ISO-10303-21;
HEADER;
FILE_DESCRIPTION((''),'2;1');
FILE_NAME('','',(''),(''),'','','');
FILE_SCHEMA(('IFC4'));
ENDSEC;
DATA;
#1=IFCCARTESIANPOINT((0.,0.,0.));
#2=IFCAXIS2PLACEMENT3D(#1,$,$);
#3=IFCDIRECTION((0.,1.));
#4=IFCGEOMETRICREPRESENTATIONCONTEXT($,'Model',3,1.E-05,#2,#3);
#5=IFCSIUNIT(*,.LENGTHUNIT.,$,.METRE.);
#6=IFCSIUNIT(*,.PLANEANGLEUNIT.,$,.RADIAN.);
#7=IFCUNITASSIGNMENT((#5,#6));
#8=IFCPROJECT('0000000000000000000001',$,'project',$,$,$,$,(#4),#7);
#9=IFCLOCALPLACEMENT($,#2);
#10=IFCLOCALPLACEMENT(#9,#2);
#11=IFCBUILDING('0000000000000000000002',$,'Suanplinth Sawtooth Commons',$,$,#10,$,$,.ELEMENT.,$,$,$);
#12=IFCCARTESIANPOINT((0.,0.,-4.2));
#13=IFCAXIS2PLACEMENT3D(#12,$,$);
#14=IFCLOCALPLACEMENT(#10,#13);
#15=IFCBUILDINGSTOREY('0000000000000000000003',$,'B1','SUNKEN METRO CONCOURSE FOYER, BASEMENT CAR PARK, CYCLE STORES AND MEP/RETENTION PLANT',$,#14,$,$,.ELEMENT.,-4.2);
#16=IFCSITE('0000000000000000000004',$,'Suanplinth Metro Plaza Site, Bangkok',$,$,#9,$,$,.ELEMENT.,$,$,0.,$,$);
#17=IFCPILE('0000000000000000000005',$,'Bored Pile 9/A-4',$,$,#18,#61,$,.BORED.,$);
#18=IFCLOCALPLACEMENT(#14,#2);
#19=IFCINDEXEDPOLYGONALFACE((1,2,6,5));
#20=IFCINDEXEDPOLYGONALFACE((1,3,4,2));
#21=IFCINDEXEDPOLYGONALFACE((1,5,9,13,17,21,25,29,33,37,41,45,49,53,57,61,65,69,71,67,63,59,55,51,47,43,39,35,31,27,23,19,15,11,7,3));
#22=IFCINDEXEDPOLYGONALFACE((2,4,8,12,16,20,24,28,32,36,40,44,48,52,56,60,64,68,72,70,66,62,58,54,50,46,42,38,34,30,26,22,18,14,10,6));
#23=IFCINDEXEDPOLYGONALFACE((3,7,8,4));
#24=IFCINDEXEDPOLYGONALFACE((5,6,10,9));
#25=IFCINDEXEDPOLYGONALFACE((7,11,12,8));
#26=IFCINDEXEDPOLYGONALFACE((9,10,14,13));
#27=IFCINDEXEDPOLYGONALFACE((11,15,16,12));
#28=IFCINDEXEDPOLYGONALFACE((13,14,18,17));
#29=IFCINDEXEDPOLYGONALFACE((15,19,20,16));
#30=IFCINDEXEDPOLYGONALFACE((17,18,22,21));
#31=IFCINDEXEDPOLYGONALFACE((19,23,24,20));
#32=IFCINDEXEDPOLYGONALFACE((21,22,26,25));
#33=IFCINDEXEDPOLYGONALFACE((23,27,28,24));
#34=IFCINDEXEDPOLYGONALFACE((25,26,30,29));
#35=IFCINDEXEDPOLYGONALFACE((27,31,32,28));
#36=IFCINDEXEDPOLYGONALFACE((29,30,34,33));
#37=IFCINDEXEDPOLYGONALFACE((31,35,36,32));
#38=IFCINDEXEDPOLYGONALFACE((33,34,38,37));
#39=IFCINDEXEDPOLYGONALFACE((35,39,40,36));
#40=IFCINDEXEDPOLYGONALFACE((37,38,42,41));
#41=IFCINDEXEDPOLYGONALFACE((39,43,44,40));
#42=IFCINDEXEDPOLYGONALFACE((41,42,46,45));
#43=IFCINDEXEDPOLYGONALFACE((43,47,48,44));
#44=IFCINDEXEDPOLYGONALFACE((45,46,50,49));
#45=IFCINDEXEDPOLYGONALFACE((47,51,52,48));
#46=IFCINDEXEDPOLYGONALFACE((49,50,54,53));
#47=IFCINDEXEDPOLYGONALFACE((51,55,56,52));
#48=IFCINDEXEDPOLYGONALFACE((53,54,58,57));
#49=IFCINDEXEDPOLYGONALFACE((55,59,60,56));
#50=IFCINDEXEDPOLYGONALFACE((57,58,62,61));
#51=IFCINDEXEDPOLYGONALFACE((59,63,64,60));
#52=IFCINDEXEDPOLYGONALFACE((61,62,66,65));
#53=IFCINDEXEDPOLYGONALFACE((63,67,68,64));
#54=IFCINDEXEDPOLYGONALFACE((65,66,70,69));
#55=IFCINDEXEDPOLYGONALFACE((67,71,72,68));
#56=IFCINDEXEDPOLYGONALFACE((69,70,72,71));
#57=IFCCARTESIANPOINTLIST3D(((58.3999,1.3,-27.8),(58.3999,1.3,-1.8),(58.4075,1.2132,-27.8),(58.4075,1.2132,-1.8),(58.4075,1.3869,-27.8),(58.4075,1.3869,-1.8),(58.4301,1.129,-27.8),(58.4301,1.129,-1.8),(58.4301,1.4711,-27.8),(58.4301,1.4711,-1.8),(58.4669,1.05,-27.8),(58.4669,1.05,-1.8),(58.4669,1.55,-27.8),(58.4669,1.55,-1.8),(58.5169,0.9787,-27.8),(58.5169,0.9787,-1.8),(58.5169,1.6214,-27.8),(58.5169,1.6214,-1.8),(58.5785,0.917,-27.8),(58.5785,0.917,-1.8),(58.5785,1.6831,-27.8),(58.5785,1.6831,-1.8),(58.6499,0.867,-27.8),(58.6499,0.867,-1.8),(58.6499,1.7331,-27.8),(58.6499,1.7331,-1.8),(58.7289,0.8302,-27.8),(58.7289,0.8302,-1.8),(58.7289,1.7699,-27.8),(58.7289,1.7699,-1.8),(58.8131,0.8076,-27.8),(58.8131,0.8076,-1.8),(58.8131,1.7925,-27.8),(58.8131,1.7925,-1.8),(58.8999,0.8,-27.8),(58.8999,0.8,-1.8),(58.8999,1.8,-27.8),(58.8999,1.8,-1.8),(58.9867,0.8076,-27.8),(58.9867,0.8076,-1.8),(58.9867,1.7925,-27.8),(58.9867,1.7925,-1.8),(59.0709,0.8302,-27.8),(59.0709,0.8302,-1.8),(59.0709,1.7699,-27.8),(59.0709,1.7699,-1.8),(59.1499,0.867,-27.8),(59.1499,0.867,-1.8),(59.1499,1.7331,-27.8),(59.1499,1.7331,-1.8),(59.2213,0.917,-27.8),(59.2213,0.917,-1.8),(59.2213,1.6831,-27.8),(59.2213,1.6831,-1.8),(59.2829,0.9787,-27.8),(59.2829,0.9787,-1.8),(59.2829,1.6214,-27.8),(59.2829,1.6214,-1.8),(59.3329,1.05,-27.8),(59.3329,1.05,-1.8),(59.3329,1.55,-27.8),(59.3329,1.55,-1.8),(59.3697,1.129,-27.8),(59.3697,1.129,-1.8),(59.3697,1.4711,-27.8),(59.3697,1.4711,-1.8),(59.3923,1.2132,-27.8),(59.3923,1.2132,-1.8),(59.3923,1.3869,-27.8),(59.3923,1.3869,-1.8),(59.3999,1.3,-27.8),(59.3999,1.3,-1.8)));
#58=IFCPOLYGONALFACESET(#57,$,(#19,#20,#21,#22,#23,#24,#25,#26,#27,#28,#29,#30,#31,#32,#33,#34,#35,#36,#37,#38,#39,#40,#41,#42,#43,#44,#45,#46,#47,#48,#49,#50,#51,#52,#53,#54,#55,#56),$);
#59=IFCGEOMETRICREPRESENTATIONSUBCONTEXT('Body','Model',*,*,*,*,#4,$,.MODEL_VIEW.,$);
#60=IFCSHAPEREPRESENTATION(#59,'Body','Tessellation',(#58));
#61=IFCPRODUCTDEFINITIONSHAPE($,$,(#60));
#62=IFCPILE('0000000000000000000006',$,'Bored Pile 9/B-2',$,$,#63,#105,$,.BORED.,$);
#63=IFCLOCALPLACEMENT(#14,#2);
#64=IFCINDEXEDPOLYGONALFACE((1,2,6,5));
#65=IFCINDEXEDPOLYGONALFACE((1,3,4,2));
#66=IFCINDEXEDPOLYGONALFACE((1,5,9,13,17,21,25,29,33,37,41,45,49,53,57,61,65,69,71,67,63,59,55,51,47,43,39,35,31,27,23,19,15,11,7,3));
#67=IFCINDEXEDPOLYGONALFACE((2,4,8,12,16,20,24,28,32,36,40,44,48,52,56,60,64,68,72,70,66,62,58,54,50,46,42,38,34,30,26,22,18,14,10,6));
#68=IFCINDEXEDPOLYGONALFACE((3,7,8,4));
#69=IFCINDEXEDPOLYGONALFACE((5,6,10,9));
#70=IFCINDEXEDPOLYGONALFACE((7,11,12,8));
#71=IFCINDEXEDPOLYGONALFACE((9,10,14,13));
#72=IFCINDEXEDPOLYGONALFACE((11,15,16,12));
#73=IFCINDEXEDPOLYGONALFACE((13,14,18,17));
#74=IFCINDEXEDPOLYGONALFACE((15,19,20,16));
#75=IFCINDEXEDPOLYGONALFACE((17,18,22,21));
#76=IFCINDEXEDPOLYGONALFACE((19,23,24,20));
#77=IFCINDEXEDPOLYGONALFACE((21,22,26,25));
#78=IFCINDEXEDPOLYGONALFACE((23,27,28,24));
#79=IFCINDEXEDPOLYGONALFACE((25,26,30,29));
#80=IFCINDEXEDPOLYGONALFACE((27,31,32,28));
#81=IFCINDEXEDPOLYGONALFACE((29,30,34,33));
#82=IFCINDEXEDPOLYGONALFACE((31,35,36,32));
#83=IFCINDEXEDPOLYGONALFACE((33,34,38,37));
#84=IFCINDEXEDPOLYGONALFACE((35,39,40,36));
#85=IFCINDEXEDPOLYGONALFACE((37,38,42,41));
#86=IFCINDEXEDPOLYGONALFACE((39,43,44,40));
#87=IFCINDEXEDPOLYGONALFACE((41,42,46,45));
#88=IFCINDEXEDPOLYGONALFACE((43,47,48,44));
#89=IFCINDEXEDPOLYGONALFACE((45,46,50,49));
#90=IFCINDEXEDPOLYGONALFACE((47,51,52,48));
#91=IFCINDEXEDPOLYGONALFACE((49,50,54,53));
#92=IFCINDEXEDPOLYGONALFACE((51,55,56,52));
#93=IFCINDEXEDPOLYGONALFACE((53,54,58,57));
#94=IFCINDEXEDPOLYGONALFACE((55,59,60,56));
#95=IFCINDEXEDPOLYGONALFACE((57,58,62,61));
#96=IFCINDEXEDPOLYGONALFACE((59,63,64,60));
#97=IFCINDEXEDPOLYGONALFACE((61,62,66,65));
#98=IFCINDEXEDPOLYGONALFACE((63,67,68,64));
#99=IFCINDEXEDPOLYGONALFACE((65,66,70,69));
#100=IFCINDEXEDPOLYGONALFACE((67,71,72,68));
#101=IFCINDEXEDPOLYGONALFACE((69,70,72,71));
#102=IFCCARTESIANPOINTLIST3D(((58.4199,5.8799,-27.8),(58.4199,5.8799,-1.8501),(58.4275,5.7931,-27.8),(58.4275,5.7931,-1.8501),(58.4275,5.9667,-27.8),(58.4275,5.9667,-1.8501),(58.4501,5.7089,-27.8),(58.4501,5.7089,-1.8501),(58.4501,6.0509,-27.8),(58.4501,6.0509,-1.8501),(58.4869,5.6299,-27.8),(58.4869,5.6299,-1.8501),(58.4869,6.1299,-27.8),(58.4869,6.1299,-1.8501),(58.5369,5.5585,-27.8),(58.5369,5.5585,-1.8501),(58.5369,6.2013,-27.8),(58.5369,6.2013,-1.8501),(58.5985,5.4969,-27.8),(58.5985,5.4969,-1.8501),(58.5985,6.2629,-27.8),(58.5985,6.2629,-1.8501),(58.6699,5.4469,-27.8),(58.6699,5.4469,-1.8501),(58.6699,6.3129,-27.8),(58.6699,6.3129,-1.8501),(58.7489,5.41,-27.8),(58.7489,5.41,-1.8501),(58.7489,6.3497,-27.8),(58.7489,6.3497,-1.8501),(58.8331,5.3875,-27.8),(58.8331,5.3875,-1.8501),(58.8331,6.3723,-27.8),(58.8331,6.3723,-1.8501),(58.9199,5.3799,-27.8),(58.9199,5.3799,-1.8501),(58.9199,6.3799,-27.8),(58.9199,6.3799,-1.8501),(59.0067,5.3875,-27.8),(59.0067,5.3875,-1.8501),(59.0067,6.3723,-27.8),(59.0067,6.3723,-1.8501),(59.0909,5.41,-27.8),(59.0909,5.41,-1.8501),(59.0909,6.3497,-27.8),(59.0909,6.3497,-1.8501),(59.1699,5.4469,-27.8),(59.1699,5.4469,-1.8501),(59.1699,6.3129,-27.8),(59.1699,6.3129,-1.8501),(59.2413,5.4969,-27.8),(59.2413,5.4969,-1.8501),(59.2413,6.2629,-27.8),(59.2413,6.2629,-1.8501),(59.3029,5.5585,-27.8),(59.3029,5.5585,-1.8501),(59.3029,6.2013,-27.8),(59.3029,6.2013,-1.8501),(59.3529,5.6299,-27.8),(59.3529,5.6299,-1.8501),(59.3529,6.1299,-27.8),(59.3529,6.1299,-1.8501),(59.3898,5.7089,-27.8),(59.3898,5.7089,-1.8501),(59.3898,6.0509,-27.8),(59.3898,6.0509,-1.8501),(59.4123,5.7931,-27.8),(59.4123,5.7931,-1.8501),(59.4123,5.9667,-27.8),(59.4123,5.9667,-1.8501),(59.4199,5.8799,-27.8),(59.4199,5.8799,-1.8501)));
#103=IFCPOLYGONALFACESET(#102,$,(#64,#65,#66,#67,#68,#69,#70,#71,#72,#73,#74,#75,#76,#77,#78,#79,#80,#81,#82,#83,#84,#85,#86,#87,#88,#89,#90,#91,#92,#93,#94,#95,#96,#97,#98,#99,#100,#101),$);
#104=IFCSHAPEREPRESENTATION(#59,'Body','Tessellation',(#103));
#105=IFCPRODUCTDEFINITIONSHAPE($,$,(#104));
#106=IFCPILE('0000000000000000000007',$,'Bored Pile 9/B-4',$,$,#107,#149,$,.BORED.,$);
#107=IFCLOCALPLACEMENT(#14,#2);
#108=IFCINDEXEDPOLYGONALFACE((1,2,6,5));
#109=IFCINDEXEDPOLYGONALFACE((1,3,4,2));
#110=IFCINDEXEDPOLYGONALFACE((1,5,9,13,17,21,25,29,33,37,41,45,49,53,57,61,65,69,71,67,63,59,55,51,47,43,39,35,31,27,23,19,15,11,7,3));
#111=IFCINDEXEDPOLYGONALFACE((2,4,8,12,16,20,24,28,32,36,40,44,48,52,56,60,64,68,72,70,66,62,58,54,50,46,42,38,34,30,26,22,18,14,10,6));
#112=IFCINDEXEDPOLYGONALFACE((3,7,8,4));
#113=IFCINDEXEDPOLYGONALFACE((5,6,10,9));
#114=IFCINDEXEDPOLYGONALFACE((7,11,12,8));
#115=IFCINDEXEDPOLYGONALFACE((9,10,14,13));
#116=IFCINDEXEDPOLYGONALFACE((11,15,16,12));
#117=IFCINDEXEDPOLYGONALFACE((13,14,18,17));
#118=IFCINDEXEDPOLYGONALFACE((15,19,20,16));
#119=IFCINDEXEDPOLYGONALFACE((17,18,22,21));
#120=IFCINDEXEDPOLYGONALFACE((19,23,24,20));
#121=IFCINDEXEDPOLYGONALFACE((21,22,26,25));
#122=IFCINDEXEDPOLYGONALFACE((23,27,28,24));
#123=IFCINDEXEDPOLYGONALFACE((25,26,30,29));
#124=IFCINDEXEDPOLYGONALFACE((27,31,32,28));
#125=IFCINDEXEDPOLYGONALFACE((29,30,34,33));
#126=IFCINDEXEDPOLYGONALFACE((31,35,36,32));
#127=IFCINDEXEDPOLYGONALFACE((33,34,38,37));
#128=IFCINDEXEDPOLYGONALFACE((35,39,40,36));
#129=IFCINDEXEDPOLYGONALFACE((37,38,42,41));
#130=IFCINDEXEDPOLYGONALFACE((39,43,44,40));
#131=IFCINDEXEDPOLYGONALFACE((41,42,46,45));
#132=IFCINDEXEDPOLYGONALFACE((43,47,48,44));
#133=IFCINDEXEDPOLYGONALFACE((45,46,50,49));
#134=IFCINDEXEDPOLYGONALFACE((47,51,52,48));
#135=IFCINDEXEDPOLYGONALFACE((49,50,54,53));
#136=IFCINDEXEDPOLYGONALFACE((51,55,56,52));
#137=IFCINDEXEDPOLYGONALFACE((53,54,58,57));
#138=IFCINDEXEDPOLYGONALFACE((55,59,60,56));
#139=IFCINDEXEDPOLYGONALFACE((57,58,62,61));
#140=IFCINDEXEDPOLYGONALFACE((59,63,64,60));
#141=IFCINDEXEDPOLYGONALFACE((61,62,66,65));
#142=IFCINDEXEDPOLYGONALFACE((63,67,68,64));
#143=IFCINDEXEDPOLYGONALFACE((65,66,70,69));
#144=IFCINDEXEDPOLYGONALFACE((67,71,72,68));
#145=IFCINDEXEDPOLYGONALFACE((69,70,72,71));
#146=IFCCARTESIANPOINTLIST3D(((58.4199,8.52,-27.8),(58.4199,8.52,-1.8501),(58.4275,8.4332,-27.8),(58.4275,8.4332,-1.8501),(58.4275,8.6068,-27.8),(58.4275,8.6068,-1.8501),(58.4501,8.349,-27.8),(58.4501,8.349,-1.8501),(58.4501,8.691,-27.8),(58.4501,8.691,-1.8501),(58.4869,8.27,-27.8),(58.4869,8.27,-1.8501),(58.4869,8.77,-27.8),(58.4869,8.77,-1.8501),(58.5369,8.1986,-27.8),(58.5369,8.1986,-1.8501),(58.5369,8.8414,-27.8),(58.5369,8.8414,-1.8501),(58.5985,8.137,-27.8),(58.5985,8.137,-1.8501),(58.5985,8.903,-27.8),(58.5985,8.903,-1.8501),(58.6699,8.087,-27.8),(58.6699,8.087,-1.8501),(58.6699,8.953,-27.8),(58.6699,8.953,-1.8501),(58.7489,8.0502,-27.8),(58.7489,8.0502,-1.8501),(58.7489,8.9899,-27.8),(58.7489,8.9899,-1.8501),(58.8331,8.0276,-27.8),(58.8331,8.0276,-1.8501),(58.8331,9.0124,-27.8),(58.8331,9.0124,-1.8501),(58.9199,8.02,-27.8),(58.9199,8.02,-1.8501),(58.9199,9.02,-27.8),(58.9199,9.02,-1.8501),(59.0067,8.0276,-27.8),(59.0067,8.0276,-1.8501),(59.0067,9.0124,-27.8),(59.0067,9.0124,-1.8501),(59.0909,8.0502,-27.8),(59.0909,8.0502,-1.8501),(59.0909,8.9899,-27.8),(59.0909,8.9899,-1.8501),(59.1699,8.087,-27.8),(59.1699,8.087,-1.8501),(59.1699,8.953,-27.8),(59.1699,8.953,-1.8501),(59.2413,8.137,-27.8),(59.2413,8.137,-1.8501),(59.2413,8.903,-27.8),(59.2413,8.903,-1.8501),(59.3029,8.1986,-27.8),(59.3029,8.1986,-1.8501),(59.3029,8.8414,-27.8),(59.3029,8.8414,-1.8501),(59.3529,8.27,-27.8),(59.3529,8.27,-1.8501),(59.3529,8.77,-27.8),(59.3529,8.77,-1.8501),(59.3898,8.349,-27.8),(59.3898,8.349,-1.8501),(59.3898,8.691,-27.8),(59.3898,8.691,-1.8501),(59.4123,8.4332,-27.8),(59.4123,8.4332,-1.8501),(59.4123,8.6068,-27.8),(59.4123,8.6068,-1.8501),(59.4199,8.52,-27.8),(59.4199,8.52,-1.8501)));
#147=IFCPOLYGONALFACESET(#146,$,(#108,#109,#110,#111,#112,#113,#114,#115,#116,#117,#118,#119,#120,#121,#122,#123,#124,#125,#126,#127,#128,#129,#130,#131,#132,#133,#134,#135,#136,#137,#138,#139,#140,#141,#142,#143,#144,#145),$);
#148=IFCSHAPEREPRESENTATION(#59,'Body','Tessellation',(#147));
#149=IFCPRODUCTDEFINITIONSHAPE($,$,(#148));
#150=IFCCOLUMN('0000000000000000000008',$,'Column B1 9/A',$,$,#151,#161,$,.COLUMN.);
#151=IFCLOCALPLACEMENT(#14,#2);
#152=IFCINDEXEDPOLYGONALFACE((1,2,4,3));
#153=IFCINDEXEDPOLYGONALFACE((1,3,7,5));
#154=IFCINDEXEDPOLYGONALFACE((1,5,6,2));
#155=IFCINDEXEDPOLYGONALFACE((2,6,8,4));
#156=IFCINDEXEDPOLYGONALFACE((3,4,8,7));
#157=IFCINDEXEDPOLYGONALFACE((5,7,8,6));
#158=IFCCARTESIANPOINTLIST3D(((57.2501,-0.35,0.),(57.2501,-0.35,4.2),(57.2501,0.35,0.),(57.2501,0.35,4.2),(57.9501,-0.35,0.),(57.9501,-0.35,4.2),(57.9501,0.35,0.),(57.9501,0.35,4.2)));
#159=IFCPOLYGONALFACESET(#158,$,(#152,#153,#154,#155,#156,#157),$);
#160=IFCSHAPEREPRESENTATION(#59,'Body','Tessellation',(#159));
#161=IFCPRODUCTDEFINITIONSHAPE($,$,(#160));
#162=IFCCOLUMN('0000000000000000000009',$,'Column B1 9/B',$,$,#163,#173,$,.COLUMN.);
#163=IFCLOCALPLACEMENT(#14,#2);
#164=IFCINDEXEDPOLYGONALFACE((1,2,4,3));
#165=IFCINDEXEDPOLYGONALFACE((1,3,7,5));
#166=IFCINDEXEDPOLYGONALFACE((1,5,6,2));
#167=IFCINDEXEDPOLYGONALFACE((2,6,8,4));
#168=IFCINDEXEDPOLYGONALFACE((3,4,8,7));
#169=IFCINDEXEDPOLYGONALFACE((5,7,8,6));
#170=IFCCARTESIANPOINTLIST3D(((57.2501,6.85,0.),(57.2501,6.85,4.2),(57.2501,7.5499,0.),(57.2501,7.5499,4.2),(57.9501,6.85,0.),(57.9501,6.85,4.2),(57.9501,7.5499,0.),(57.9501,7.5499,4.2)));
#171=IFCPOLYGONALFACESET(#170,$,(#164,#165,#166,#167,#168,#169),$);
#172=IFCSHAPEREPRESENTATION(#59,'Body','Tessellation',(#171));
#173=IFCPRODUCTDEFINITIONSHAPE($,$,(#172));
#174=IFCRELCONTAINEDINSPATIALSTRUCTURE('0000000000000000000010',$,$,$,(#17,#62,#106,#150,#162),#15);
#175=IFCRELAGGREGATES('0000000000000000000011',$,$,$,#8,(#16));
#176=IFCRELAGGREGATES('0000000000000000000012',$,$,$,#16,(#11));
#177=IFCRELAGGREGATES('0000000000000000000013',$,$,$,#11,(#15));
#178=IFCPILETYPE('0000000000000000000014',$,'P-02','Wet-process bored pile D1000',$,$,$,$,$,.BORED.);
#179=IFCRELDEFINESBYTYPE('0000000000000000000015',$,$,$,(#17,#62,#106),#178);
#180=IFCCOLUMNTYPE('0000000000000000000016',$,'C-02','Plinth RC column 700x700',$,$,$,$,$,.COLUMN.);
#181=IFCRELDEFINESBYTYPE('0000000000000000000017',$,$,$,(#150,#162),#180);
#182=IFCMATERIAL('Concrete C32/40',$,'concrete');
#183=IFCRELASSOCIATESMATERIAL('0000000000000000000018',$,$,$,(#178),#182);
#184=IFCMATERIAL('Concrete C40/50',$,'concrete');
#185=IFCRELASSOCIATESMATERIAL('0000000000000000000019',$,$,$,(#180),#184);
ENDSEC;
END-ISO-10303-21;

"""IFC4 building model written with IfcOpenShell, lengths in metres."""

from ifc_helpers import new_model, si_unit, direction, frame, origin, origin_2d, place, context, subcontext, project, spatial, rectangle, circle, extrude, material, material_profile, profile_set, type_object, element, save


model = new_model("IFC4")

# Units and contexts
model_context = context("Model", 3, precision=1e-05, world=origin(), true_north=direction((0.0, 1.0)))
body_context = subcontext(model_context, "Body", "Model", "MODEL_VIEW")
ifc_project = project(units=[si_unit("LENGTHUNIT", "METRE"), si_unit("PLANEANGLEUNIT", "RADIAN")], contexts=[model_context])

# Site, building, storey
site_placement = place(None, origin())
site = spatial("IfcSite", under=ifc_project, at=site_placement, Name="Suanplinth Metro Plaza Site, Bangkok", CompositionType="ELEMENT", RefElevation=0.0)
building_placement = place(site_placement, origin())
building = spatial("IfcBuilding", under=site, at=building_placement, Name="Suanplinth Sawtooth Commons", CompositionType="ELEMENT")
storey_placement = place(building_placement, frame((0.0, 0.0, -4.2)))
storey = spatial("IfcBuildingStorey", under=building, at=storey_placement, Name="B1", Description="SUNKEN METRO CONCOURSE FOYER, BASEMENT CAR PARK, CYCLE STORES AND MEP/RETENTION PLANT", CompositionType="ELEMENT", Elevation=-4.2)

# Piles
ifc_material_1 = material(Name="Concrete C32/40", Category="concrete")
ifc_material_profile_1 = material_profile(ifc_material_1, circle(Radius=0.5, at=origin_2d()), Name="PILE D1000")
ifc_profile_set_1 = profile_set([ifc_material_profile_1], Name="Concrete C32/40")
pile_type = type_object("IfcPileType", Name="P-02", Description="Wet-process bored pile D1000", PredefinedType="BORED", material=ifc_profile_set_1)
for number, where, z_axis, x_axis, name in (
    (1, (58.8999, 1.3, -1.8), (0.0, 0.0, -1.0), (1.0, 0.0, 0.0), "Bored Pile 9/A-4"),
):
    element("IfcPile", number, at=place(storey_placement, frame(where, z_axis=z_axis, x_axis=x_axis)), inside=storey, type_object=pile_type, Name=name, PredefinedType="BORED", context=body_context, shape_type="SweptSolid", body=[
        extrude(circle(Radius=0.5, at=origin_2d()), origin(), (0.0, 0.0, 1.0), 26.0),
    ])
for number, where, z_axis, x_axis, name in (
    (2, (58.9199, 5.8799, -1.8501), (0.0, 0.0, -1.0), (1.0, 0.0, 0.0), "Bored Pile 9/B-2"),
    (3, (58.9199, 8.52, -1.8501), (0.0, 0.0, -1.0), (1.0, 0.0, 0.0), "Bored Pile 9/B-4"),
):
    element("IfcPile", number, at=place(storey_placement, frame(where, z_axis=z_axis, x_axis=x_axis)), inside=storey, type_object=pile_type, Name=name, PredefinedType="BORED", context=body_context, shape_type="SweptSolid", body=[
        extrude(circle(Radius=0.5, at=origin_2d()), origin(), (0.0, 0.0, 1.0), 25.95),
    ])

# Columns
ifc_material_2 = material(Name="Concrete C40/50", Category="concrete")
ifc_material_profile_2 = material_profile(ifc_material_2, rectangle(XDim=0.7, YDim=0.7, at=origin_2d()), Name="RC-COL 700x700")
ifc_profile_set_2 = profile_set([ifc_material_profile_2], Name="Concrete C40/50")
column_type_1 = type_object("IfcColumnType", Name="C-02", Description="Plinth RC column 700x700", PredefinedType="COLUMN", material=ifc_profile_set_2)
for number, where, z_axis, x_axis, name in (
    (4, (57.6001, 0.0, 0.0), (0.0, 0.0, 1.0), (1.0, 0.0, 0.0), "Column B1 9/A"),
    (5, (57.6001, 7.2, 0.0), (0.0, 0.0, 1.0), (1.0, 0.0, 0.0), "Column B1 9/B"),
):
    element("IfcColumn", number, at=place(storey_placement, frame(where, z_axis=z_axis, x_axis=x_axis)), inside=storey, type_object=column_type_1, Name=name, PredefinedType="COLUMN", context=body_context, shape_type="SweptSolid", body=[
        extrude(rectangle(XDim=0.7, YDim=0.7, at=origin_2d()), origin(), (0.0, 0.0, 1.0), 4.2),
    ])

save(model, "model.ifc")
